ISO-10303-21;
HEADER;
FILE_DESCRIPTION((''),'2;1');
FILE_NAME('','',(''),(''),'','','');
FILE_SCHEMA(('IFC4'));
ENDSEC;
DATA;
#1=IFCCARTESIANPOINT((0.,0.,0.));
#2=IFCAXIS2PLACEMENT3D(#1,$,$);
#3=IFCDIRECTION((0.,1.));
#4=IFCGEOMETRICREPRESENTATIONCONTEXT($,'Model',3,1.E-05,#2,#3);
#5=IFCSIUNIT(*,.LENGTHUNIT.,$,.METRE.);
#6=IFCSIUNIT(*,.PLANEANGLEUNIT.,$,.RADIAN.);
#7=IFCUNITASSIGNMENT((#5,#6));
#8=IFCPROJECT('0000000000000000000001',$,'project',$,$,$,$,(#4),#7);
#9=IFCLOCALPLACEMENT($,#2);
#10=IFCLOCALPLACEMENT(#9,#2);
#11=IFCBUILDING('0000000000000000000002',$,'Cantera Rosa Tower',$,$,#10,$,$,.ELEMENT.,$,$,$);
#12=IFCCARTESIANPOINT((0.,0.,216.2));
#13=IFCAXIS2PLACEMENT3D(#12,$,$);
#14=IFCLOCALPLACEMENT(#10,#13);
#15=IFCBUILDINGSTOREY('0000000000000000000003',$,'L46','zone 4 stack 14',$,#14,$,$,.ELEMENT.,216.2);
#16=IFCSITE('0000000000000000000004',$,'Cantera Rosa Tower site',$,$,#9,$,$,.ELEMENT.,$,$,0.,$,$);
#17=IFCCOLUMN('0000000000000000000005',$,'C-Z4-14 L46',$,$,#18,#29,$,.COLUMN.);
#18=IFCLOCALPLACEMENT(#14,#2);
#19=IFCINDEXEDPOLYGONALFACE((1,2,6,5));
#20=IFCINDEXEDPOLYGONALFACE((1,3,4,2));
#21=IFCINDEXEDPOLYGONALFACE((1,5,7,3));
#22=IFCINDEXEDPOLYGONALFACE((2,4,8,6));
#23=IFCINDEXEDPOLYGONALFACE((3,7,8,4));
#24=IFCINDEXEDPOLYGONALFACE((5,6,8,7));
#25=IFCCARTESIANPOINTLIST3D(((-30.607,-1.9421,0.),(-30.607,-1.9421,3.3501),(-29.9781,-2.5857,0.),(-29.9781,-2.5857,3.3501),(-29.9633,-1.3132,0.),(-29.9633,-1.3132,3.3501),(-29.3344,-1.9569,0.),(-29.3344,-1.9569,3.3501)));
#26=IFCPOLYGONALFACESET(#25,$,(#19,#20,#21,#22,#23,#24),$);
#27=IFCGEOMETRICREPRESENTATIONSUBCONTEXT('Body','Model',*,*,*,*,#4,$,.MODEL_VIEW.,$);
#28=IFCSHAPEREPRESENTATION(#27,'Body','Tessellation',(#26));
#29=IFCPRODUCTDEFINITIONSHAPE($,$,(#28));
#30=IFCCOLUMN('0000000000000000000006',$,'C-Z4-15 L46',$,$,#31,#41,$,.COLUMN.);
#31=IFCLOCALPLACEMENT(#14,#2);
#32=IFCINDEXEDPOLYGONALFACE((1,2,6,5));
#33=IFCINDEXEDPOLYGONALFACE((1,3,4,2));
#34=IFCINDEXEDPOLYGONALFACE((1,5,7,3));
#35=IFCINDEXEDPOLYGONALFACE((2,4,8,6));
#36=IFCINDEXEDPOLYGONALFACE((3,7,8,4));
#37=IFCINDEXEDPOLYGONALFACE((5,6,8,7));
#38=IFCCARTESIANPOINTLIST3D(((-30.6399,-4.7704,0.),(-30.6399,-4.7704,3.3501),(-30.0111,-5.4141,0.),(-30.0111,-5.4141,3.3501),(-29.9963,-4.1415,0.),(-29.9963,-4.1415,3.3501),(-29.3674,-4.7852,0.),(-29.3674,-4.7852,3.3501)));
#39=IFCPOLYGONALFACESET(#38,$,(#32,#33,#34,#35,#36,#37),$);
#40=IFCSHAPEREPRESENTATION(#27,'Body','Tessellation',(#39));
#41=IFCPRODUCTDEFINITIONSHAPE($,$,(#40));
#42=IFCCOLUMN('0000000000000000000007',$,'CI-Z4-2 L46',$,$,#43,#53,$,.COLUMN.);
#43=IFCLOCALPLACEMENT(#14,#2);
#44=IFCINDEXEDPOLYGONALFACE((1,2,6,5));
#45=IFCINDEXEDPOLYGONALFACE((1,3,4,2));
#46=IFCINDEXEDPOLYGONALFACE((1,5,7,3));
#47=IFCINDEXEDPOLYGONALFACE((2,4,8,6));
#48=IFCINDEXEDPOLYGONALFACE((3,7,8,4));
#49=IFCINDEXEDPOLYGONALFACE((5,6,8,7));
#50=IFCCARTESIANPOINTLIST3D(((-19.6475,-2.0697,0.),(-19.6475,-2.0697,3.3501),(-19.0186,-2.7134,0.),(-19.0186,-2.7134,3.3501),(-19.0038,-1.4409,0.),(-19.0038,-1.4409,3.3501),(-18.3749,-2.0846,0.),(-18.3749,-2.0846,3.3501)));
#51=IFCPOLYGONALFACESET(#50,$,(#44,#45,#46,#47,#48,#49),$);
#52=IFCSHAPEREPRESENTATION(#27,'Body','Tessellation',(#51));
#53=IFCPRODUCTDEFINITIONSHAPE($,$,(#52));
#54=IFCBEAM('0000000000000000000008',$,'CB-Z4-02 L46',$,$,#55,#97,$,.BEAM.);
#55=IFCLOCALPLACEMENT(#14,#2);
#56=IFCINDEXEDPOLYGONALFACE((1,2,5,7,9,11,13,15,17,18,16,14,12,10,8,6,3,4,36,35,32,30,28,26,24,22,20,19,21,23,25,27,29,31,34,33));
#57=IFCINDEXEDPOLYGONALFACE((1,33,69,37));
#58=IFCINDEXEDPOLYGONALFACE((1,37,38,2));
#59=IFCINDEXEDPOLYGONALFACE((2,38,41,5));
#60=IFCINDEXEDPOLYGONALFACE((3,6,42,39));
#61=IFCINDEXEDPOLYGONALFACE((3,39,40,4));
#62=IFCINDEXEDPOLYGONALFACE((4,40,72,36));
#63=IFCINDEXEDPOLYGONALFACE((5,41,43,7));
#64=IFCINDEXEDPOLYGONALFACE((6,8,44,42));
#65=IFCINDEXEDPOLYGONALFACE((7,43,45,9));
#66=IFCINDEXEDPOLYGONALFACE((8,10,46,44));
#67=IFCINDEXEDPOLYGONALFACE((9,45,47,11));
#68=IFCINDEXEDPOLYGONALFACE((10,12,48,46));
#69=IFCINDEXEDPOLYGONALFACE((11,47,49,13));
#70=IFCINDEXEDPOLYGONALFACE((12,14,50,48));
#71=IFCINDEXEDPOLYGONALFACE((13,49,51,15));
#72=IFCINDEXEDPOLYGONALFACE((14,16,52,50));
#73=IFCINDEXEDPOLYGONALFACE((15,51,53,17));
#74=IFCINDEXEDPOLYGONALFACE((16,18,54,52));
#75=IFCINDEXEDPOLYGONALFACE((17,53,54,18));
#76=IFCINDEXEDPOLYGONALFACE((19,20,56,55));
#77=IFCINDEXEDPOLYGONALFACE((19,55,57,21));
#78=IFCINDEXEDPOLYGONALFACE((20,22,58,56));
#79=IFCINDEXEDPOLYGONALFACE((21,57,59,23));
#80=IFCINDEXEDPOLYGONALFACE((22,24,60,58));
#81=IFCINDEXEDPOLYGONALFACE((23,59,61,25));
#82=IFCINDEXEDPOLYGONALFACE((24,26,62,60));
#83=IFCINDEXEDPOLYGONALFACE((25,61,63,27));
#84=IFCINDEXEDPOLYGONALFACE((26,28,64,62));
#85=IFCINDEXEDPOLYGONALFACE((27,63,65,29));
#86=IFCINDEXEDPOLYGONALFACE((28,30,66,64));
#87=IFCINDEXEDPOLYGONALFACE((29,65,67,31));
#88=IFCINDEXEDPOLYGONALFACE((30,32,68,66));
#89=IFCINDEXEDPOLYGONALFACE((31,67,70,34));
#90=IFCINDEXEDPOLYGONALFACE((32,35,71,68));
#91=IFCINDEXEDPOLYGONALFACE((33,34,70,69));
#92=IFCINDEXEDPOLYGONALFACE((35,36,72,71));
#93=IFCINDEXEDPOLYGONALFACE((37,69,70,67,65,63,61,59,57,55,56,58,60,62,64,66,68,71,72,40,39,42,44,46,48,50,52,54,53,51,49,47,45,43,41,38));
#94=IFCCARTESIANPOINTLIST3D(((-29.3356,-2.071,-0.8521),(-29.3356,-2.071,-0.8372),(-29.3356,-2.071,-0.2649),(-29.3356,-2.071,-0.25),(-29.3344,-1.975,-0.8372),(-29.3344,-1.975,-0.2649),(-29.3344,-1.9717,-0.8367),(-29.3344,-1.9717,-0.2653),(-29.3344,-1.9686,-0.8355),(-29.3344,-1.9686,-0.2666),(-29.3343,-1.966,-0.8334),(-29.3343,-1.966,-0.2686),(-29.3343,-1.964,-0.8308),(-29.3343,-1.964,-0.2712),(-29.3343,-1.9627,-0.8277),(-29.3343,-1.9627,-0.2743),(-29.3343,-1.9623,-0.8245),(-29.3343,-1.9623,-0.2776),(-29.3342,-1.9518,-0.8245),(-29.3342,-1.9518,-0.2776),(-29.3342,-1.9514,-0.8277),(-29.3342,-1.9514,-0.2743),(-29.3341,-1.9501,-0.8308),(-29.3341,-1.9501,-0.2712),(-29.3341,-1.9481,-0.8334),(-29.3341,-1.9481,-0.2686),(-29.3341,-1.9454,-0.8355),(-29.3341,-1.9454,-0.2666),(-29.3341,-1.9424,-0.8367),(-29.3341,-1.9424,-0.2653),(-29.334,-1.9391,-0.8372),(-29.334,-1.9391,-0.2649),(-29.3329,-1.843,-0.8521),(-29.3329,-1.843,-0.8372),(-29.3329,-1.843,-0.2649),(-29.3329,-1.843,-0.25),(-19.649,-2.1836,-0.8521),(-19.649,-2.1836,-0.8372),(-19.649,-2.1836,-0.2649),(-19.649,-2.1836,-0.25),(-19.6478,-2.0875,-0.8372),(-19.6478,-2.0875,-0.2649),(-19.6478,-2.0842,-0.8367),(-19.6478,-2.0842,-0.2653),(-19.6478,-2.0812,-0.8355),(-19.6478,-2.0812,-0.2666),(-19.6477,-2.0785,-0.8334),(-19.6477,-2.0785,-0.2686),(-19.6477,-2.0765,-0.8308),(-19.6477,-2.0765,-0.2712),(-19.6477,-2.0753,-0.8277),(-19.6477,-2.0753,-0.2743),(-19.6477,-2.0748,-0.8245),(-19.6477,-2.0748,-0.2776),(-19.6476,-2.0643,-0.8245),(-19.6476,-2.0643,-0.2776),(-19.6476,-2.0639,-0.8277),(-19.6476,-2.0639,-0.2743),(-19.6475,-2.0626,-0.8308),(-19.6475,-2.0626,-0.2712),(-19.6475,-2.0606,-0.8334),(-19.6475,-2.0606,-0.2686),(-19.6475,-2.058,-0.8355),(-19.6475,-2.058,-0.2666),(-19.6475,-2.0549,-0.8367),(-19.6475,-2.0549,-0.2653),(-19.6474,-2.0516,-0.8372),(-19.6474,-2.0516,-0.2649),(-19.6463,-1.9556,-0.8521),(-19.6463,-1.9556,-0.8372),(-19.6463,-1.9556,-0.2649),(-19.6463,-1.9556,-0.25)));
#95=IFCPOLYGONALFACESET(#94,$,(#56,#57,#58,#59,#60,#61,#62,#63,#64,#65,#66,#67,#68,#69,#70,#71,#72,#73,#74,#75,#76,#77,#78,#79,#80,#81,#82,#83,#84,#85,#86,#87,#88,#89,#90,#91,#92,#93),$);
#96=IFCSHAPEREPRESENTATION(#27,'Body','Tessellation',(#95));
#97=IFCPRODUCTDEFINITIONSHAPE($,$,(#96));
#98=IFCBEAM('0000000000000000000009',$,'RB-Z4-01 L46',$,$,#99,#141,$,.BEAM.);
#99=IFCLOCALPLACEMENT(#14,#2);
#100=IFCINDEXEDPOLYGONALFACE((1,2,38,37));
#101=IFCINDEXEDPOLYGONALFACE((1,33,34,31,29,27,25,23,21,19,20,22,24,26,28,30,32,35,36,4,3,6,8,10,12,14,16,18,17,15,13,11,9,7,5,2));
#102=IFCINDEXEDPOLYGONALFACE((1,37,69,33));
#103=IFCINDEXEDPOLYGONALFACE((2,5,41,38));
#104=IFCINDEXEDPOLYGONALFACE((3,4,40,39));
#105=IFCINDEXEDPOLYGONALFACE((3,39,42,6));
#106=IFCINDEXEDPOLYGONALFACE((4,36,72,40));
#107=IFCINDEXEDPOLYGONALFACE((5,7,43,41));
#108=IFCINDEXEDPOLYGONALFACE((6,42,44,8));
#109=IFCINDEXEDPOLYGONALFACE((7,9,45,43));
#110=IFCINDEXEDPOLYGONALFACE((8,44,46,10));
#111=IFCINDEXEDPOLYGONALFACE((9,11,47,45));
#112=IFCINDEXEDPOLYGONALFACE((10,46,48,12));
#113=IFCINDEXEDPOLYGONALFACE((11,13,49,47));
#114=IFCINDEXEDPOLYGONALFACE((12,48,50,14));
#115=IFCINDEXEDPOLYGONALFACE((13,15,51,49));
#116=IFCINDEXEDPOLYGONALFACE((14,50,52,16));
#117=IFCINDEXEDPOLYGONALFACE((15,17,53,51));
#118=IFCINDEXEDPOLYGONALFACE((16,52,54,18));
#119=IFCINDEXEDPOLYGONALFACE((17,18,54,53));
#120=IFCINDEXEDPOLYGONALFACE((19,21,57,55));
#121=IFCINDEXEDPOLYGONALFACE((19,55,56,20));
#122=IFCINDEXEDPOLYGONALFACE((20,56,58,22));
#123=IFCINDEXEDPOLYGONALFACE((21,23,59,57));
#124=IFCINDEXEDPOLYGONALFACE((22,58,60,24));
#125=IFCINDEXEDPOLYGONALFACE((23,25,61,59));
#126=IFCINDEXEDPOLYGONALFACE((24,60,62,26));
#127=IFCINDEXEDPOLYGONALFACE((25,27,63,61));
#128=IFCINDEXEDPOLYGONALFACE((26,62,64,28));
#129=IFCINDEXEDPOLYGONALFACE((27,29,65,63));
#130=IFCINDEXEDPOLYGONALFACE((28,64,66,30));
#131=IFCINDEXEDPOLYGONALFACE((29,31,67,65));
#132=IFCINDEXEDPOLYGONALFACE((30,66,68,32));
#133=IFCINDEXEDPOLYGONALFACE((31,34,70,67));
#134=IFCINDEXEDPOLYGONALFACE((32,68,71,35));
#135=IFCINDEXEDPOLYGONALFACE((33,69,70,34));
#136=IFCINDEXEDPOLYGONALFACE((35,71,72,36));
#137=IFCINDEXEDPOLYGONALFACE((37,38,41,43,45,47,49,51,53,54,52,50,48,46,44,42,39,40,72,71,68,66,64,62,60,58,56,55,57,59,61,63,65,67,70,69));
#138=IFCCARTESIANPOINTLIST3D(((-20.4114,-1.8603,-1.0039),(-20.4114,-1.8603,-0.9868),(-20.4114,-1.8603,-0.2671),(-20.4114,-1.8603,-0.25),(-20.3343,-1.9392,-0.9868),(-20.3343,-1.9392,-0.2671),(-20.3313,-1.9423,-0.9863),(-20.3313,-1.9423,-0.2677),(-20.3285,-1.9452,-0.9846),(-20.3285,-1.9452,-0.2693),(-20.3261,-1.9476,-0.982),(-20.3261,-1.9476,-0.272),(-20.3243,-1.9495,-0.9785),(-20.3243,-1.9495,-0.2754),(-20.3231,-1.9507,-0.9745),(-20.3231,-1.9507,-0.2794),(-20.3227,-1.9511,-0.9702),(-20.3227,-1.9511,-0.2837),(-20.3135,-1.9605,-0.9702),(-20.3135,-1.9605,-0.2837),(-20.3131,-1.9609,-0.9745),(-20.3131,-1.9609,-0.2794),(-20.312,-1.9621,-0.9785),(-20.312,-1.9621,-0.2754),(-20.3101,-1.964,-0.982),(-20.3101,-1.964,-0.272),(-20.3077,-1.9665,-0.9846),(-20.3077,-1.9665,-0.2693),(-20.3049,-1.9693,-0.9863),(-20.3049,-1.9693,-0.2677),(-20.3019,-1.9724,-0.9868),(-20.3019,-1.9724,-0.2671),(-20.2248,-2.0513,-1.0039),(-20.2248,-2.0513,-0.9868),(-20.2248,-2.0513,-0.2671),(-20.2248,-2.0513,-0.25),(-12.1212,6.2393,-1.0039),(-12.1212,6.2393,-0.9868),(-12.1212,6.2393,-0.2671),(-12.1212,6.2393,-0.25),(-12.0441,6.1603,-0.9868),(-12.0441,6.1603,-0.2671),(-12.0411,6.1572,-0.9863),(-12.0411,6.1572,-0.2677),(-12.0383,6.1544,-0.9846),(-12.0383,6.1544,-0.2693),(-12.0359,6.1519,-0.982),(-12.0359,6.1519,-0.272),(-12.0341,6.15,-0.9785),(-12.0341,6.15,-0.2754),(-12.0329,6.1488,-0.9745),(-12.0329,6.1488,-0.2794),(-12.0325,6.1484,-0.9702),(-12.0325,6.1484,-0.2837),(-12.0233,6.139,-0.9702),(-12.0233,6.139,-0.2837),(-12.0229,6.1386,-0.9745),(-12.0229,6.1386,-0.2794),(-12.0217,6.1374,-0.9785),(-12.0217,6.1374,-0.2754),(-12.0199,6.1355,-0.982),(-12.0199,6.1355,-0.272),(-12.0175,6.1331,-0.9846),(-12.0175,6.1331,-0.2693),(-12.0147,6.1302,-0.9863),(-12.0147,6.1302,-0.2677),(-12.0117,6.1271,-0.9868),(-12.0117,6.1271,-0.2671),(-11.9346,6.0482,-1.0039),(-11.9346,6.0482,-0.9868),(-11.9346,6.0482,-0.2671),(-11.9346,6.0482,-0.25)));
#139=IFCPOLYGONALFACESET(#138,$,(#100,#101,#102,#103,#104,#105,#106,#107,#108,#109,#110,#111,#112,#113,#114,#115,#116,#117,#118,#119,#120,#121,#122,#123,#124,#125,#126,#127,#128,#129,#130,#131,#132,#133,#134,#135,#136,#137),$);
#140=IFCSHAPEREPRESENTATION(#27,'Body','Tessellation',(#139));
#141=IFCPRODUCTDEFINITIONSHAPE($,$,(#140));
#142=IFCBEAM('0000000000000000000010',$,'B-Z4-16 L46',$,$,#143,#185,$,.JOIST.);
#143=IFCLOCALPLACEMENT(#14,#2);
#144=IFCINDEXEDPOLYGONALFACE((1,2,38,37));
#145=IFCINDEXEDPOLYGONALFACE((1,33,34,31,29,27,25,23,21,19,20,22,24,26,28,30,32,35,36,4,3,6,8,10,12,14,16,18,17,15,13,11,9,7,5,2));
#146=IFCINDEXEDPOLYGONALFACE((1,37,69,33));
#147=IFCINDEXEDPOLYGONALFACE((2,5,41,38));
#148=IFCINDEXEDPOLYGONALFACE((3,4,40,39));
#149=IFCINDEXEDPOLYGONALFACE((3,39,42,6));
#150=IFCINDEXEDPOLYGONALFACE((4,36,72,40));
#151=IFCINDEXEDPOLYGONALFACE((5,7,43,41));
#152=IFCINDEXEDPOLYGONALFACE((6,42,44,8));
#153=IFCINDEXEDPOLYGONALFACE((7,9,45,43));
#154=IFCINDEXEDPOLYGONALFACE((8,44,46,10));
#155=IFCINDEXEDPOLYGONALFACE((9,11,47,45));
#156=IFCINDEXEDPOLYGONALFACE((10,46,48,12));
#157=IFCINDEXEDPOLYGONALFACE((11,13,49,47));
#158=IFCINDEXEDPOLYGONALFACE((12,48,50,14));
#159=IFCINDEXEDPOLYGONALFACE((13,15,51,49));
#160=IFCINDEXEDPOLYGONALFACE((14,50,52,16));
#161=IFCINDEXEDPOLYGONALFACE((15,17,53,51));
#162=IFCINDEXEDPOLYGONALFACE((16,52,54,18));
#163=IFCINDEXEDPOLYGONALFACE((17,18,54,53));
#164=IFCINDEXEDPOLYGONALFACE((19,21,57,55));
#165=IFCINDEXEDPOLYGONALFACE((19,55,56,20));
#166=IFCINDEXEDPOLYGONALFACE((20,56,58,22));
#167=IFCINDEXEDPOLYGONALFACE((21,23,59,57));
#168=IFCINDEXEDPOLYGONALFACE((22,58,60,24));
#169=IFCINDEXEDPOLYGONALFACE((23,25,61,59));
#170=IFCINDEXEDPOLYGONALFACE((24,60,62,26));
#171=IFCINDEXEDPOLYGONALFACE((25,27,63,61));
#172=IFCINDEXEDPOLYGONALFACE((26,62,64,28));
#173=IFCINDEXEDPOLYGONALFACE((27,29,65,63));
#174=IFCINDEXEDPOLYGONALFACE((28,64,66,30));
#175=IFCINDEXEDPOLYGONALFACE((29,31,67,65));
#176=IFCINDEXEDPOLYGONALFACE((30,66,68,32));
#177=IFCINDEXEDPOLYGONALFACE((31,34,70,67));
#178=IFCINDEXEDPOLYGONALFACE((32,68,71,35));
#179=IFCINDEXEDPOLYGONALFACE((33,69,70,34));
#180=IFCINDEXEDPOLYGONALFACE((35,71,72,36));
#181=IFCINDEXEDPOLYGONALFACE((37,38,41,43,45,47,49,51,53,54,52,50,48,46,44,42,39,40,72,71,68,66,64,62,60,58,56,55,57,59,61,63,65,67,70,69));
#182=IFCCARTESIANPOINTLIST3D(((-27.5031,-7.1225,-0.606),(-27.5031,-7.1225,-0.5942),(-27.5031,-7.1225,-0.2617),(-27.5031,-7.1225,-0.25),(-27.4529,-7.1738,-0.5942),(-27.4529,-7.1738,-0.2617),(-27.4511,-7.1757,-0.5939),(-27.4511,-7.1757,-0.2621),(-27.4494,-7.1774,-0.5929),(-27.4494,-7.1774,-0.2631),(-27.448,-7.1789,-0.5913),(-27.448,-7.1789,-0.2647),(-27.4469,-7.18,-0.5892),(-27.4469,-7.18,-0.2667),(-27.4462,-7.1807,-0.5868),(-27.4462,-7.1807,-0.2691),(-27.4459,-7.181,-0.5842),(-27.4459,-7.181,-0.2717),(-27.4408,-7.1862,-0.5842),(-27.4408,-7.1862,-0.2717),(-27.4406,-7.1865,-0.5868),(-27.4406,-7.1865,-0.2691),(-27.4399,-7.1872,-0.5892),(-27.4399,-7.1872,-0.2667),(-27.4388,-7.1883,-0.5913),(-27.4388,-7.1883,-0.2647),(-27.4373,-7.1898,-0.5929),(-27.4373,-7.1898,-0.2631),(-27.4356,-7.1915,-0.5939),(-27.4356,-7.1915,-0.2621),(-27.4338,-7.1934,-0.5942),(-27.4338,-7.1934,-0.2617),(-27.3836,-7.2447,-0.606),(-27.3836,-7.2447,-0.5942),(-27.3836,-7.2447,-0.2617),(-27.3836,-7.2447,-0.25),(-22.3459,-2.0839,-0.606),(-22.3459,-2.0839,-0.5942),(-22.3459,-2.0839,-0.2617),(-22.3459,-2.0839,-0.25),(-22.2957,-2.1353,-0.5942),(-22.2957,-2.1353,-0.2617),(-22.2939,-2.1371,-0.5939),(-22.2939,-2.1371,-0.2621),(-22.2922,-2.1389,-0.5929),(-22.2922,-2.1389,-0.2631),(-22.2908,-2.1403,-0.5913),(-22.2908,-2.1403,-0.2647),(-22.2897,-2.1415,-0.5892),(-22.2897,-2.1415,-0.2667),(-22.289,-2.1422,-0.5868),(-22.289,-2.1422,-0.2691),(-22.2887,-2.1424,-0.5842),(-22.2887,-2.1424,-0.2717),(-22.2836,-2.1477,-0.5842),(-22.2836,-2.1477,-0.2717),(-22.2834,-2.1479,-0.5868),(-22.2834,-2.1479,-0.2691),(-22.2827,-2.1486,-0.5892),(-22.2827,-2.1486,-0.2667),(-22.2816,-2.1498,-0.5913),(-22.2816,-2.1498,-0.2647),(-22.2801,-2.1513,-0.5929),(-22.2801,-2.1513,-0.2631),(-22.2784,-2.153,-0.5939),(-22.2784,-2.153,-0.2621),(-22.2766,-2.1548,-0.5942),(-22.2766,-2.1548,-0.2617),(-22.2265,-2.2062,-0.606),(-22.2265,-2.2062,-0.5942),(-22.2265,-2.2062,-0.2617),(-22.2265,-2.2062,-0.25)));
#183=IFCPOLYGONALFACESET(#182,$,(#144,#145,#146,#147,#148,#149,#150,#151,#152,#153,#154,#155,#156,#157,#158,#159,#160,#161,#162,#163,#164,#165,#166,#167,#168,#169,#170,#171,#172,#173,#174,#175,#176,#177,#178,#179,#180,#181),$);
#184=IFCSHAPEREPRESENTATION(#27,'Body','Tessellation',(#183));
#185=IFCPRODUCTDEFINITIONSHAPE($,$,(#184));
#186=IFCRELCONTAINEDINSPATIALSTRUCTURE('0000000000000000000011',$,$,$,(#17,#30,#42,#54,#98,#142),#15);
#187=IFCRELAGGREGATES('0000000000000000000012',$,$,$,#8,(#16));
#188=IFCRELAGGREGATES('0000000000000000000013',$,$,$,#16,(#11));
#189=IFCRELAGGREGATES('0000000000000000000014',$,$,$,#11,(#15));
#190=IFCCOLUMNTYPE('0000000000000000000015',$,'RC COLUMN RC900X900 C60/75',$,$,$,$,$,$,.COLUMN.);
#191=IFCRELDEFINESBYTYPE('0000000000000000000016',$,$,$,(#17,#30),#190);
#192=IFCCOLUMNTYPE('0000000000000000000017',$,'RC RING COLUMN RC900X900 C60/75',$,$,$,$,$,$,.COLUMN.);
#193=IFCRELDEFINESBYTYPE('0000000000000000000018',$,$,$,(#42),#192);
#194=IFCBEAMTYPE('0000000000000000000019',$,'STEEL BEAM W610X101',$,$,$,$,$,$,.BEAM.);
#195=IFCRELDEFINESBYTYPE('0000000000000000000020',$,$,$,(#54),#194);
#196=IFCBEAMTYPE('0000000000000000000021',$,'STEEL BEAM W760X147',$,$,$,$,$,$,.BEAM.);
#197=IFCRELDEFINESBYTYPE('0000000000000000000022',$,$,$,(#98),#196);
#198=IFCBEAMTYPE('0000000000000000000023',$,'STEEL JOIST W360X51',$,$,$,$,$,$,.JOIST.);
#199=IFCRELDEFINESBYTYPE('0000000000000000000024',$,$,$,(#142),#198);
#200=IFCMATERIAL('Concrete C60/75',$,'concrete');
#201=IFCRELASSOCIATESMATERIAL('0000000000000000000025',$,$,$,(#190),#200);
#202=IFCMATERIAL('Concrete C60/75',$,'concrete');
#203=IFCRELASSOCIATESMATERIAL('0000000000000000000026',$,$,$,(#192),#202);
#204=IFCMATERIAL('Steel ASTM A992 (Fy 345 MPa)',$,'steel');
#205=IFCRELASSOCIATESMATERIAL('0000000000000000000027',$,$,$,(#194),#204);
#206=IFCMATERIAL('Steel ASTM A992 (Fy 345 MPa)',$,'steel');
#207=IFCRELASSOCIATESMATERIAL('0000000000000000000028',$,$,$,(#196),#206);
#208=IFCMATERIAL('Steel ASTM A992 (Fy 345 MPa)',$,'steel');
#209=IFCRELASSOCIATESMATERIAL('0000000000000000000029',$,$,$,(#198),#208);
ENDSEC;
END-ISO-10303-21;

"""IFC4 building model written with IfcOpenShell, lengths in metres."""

from ifc_helpers import new_model, si_unit, direction, frame, origin, origin_2d, place, context, subcontext, project, spatial, rectangle, i_section, extrude, material, material_profile, profile_set, type_object, element, save


model = new_model("IFC4")

# Units and contexts
model_context = context("Model", 3, precision=1e-05, world=origin(), true_north=direction((0.0, 1.0)))
body_context = subcontext(model_context, "Body", "Model", "MODEL_VIEW")
ifc_project = project(units=[si_unit("LENGTHUNIT", "METRE"), si_unit("PLANEANGLEUNIT", "RADIAN")], contexts=[model_context])

# Site, building, storey
site_placement = place(None, origin())
site = spatial("IfcSite", under=ifc_project, at=site_placement, Name="Cantera Rosa Tower site", CompositionType="ELEMENT", RefElevation=0.0)
building_placement = place(site_placement, origin())
building = spatial("IfcBuilding", under=site, at=building_placement, Name="Cantera Rosa Tower", CompositionType="ELEMENT")
storey_placement = place(building_placement, frame((0.0, 0.0, 216.2)))
storey = spatial("IfcBuildingStorey", under=building, at=storey_placement, Name="L46", Description="zone 4 stack 14", CompositionType="ELEMENT", Elevation=216.2)

# Columns
ifc_material_1 = material(Name="Concrete C60/75", Category="concrete")
ifc_material_profile_1 = material_profile(ifc_material_1, rectangle(XDim=0.8999, YDim=0.8999, at=origin_2d()), Name="RC COLUMN RC900X900 C60/75")
ifc_profile_set_1 = profile_set([ifc_material_profile_1], Name="Concrete C60/75")
column_type_1 = type_object("IfcColumnType", Name="RC COLUMN RC900X900 C60/75", PredefinedType="COLUMN", material=ifc_profile_set_1)
for number, where, z_axis, x_axis, name in (
    (1, (-29.9707, -1.9495, 0.0), (0.0, 0.0, 1.0), (0.715286, 0.698832, 0.0), "C-Z4-14 L46"),
    (2, (-30.0037, -4.7778, 0.0), (0.0, 0.0, 1.0), (0.715286, 0.698832, 0.0), "C-Z4-15 L46"),
):
    element("IfcColumn", number, at=place(storey_placement, frame(where, z_axis=z_axis, x_axis=x_axis)), inside=storey, type_object=column_type_1, Name=name, PredefinedType="COLUMN", context=body_context, shape_type="SweptSolid", body=[
        extrude(rectangle(XDim=0.8999, YDim=0.8999, at=origin_2d()), origin(), (0.0, 0.0, 1.0), 3.3501),
    ])
ifc_material_2 = material(Name="Concrete C60/75", Category="concrete")
ifc_material_profile_2 = material_profile(ifc_material_2, rectangle(XDim=0.8999, YDim=0.8999, at=origin_2d()), Name="RC RING COLUMN RC900X900 C60/75")
ifc_profile_set_2 = profile_set([ifc_material_profile_2], Name="Concrete C60/75")
column_type_2 = type_object("IfcColumnType", Name="RC RING COLUMN RC900X900 C60/75", PredefinedType="COLUMN", material=ifc_profile_set_2)
column_placement = place(storey_placement, frame((-19.0112, -2.0771, 0.0), z_axis=(0.0, 0.0, 1.0), x_axis=(0.715286, 0.698832, 0.0)))
element("IfcColumn", 3, at=column_placement, inside=storey, type_object=column_type_2, Name="CI-Z4-2 L46", PredefinedType="COLUMN", context=body_context, shape_type="SweptSolid", body=[
    extrude(rectangle(XDim=0.8999, YDim=0.8999, at=origin_2d()), origin(), (0.0, 0.0, 1.0), 3.3501),
])

# Beams
ifc_material_3 = material(Name="Steel ASTM A992 (Fy 345 MPa)", Category="steel")
ifc_material_profile_3 = material_profile(ifc_material_3, i_section(OverallWidth=0.228, OverallDepth=0.6021, WebThickness=0.0105, FlangeThickness=0.0149, FilletRadius=0.0127, at=origin_2d()), Name="W610X101")
ifc_profile_set_3 = profile_set([ifc_material_profile_3], Name="Steel ASTM A992 (Fy 345 MPa)")
beam_type_1 = type_object("IfcBeamType", Name="STEEL BEAM W610X101", PredefinedType="BEAM", material=ifc_profile_set_3)
beam_1_placement = place(storey_placement, frame((-29.3342, -1.957, -0.551), z_axis=(0.999933, -0.011618, 0.0), x_axis=(0.011618, 0.999933, 0.0)))
element("IfcBeam", 4, at=beam_1_placement, inside=storey, type_object=beam_type_1, Name="CB-Z4-02 L46", PredefinedType="BEAM", context=body_context, shape_type="SweptSolid", body=[
    extrude(i_section(OverallWidth=0.228, OverallDepth=0.6021, WebThickness=0.0105, FlangeThickness=0.0149, FilletRadius=0.0127, at=origin_2d()), origin(), (0.0, 0.0, 1.0), 9.6873),
])
ifc_material_4 = material(Name="Steel ASTM A992 (Fy 345 MPa)", Category="steel")
ifc_material_profile_4 = material_profile(ifc_material_4, i_section(OverallWidth=0.2671, OverallDepth=0.7539, WebThickness=0.0132, FlangeThickness=0.0171, FilletRadius=0.0166, at=origin_2d()), Name="W760X147")
ifc_profile_set_4 = profile_set([ifc_material_profile_4], Name="Steel ASTM A992 (Fy 345 MPa)")
beam_type_2 = type_object("IfcBeamType", Name="STEEL BEAM W760X147", PredefinedType="BEAM", material=ifc_profile_set_4)
beam_2_placement = place(storey_placement, frame((-20.3181, -1.9558, -0.627), z_axis=(0.715285, 0.698833, 0.0), x_axis=(-0.698833, 0.715285, 0.0)))
element("IfcBeam", 5, at=beam_2_placement, inside=storey, type_object=beam_type_2, Name="RB-Z4-01 L46", PredefinedType="BEAM", context=body_context, shape_type="SweptSolid", body=[
    extrude(i_section(OverallWidth=0.2671, OverallDepth=0.7539, WebThickness=0.0132, FlangeThickness=0.0171, FilletRadius=0.0166, at=origin_2d()), origin(), (0.0, 0.0, 1.0), 11.5901),
])
ifc_material_5 = material(Name="Steel ASTM A992 (Fy 345 MPa)", Category="steel")
ifc_material_profile_5 = material_profile(ifc_material_5, i_section(OverallWidth=0.1709, OverallDepth=0.356, WebThickness=0.0073, FlangeThickness=0.0117, FilletRadius=0.01, at=origin_2d()), Name="W360X51")
ifc_profile_set_5 = profile_set([ifc_material_profile_5], Name="Steel ASTM A992 (Fy 345 MPa)")
beam_type_3 = type_object("IfcBeamType", Name="STEEL JOIST W360X51", PredefinedType="JOIST", material=ifc_profile_set_5)
beam_3_placement = place(storey_placement, frame((-27.4434, -7.1836, -0.428), z_axis=(0.715287, 0.698831, 0.0), x_axis=(-0.698831, 0.715287, 0.0)))
element("IfcBeam", 6, at=beam_3_placement, inside=storey, type_object=beam_type_3, Name="B-Z4-16 L46", PredefinedType="JOIST", context=body_context, shape_type="SweptSolid", body=[
    extrude(i_section(OverallWidth=0.1709, OverallDepth=0.356, WebThickness=0.0073, FlangeThickness=0.0117, FilletRadius=0.01, at=origin_2d()), origin(), (0.0, 0.0, 1.0), 7.21),
])

save(model, "model.ifc")
